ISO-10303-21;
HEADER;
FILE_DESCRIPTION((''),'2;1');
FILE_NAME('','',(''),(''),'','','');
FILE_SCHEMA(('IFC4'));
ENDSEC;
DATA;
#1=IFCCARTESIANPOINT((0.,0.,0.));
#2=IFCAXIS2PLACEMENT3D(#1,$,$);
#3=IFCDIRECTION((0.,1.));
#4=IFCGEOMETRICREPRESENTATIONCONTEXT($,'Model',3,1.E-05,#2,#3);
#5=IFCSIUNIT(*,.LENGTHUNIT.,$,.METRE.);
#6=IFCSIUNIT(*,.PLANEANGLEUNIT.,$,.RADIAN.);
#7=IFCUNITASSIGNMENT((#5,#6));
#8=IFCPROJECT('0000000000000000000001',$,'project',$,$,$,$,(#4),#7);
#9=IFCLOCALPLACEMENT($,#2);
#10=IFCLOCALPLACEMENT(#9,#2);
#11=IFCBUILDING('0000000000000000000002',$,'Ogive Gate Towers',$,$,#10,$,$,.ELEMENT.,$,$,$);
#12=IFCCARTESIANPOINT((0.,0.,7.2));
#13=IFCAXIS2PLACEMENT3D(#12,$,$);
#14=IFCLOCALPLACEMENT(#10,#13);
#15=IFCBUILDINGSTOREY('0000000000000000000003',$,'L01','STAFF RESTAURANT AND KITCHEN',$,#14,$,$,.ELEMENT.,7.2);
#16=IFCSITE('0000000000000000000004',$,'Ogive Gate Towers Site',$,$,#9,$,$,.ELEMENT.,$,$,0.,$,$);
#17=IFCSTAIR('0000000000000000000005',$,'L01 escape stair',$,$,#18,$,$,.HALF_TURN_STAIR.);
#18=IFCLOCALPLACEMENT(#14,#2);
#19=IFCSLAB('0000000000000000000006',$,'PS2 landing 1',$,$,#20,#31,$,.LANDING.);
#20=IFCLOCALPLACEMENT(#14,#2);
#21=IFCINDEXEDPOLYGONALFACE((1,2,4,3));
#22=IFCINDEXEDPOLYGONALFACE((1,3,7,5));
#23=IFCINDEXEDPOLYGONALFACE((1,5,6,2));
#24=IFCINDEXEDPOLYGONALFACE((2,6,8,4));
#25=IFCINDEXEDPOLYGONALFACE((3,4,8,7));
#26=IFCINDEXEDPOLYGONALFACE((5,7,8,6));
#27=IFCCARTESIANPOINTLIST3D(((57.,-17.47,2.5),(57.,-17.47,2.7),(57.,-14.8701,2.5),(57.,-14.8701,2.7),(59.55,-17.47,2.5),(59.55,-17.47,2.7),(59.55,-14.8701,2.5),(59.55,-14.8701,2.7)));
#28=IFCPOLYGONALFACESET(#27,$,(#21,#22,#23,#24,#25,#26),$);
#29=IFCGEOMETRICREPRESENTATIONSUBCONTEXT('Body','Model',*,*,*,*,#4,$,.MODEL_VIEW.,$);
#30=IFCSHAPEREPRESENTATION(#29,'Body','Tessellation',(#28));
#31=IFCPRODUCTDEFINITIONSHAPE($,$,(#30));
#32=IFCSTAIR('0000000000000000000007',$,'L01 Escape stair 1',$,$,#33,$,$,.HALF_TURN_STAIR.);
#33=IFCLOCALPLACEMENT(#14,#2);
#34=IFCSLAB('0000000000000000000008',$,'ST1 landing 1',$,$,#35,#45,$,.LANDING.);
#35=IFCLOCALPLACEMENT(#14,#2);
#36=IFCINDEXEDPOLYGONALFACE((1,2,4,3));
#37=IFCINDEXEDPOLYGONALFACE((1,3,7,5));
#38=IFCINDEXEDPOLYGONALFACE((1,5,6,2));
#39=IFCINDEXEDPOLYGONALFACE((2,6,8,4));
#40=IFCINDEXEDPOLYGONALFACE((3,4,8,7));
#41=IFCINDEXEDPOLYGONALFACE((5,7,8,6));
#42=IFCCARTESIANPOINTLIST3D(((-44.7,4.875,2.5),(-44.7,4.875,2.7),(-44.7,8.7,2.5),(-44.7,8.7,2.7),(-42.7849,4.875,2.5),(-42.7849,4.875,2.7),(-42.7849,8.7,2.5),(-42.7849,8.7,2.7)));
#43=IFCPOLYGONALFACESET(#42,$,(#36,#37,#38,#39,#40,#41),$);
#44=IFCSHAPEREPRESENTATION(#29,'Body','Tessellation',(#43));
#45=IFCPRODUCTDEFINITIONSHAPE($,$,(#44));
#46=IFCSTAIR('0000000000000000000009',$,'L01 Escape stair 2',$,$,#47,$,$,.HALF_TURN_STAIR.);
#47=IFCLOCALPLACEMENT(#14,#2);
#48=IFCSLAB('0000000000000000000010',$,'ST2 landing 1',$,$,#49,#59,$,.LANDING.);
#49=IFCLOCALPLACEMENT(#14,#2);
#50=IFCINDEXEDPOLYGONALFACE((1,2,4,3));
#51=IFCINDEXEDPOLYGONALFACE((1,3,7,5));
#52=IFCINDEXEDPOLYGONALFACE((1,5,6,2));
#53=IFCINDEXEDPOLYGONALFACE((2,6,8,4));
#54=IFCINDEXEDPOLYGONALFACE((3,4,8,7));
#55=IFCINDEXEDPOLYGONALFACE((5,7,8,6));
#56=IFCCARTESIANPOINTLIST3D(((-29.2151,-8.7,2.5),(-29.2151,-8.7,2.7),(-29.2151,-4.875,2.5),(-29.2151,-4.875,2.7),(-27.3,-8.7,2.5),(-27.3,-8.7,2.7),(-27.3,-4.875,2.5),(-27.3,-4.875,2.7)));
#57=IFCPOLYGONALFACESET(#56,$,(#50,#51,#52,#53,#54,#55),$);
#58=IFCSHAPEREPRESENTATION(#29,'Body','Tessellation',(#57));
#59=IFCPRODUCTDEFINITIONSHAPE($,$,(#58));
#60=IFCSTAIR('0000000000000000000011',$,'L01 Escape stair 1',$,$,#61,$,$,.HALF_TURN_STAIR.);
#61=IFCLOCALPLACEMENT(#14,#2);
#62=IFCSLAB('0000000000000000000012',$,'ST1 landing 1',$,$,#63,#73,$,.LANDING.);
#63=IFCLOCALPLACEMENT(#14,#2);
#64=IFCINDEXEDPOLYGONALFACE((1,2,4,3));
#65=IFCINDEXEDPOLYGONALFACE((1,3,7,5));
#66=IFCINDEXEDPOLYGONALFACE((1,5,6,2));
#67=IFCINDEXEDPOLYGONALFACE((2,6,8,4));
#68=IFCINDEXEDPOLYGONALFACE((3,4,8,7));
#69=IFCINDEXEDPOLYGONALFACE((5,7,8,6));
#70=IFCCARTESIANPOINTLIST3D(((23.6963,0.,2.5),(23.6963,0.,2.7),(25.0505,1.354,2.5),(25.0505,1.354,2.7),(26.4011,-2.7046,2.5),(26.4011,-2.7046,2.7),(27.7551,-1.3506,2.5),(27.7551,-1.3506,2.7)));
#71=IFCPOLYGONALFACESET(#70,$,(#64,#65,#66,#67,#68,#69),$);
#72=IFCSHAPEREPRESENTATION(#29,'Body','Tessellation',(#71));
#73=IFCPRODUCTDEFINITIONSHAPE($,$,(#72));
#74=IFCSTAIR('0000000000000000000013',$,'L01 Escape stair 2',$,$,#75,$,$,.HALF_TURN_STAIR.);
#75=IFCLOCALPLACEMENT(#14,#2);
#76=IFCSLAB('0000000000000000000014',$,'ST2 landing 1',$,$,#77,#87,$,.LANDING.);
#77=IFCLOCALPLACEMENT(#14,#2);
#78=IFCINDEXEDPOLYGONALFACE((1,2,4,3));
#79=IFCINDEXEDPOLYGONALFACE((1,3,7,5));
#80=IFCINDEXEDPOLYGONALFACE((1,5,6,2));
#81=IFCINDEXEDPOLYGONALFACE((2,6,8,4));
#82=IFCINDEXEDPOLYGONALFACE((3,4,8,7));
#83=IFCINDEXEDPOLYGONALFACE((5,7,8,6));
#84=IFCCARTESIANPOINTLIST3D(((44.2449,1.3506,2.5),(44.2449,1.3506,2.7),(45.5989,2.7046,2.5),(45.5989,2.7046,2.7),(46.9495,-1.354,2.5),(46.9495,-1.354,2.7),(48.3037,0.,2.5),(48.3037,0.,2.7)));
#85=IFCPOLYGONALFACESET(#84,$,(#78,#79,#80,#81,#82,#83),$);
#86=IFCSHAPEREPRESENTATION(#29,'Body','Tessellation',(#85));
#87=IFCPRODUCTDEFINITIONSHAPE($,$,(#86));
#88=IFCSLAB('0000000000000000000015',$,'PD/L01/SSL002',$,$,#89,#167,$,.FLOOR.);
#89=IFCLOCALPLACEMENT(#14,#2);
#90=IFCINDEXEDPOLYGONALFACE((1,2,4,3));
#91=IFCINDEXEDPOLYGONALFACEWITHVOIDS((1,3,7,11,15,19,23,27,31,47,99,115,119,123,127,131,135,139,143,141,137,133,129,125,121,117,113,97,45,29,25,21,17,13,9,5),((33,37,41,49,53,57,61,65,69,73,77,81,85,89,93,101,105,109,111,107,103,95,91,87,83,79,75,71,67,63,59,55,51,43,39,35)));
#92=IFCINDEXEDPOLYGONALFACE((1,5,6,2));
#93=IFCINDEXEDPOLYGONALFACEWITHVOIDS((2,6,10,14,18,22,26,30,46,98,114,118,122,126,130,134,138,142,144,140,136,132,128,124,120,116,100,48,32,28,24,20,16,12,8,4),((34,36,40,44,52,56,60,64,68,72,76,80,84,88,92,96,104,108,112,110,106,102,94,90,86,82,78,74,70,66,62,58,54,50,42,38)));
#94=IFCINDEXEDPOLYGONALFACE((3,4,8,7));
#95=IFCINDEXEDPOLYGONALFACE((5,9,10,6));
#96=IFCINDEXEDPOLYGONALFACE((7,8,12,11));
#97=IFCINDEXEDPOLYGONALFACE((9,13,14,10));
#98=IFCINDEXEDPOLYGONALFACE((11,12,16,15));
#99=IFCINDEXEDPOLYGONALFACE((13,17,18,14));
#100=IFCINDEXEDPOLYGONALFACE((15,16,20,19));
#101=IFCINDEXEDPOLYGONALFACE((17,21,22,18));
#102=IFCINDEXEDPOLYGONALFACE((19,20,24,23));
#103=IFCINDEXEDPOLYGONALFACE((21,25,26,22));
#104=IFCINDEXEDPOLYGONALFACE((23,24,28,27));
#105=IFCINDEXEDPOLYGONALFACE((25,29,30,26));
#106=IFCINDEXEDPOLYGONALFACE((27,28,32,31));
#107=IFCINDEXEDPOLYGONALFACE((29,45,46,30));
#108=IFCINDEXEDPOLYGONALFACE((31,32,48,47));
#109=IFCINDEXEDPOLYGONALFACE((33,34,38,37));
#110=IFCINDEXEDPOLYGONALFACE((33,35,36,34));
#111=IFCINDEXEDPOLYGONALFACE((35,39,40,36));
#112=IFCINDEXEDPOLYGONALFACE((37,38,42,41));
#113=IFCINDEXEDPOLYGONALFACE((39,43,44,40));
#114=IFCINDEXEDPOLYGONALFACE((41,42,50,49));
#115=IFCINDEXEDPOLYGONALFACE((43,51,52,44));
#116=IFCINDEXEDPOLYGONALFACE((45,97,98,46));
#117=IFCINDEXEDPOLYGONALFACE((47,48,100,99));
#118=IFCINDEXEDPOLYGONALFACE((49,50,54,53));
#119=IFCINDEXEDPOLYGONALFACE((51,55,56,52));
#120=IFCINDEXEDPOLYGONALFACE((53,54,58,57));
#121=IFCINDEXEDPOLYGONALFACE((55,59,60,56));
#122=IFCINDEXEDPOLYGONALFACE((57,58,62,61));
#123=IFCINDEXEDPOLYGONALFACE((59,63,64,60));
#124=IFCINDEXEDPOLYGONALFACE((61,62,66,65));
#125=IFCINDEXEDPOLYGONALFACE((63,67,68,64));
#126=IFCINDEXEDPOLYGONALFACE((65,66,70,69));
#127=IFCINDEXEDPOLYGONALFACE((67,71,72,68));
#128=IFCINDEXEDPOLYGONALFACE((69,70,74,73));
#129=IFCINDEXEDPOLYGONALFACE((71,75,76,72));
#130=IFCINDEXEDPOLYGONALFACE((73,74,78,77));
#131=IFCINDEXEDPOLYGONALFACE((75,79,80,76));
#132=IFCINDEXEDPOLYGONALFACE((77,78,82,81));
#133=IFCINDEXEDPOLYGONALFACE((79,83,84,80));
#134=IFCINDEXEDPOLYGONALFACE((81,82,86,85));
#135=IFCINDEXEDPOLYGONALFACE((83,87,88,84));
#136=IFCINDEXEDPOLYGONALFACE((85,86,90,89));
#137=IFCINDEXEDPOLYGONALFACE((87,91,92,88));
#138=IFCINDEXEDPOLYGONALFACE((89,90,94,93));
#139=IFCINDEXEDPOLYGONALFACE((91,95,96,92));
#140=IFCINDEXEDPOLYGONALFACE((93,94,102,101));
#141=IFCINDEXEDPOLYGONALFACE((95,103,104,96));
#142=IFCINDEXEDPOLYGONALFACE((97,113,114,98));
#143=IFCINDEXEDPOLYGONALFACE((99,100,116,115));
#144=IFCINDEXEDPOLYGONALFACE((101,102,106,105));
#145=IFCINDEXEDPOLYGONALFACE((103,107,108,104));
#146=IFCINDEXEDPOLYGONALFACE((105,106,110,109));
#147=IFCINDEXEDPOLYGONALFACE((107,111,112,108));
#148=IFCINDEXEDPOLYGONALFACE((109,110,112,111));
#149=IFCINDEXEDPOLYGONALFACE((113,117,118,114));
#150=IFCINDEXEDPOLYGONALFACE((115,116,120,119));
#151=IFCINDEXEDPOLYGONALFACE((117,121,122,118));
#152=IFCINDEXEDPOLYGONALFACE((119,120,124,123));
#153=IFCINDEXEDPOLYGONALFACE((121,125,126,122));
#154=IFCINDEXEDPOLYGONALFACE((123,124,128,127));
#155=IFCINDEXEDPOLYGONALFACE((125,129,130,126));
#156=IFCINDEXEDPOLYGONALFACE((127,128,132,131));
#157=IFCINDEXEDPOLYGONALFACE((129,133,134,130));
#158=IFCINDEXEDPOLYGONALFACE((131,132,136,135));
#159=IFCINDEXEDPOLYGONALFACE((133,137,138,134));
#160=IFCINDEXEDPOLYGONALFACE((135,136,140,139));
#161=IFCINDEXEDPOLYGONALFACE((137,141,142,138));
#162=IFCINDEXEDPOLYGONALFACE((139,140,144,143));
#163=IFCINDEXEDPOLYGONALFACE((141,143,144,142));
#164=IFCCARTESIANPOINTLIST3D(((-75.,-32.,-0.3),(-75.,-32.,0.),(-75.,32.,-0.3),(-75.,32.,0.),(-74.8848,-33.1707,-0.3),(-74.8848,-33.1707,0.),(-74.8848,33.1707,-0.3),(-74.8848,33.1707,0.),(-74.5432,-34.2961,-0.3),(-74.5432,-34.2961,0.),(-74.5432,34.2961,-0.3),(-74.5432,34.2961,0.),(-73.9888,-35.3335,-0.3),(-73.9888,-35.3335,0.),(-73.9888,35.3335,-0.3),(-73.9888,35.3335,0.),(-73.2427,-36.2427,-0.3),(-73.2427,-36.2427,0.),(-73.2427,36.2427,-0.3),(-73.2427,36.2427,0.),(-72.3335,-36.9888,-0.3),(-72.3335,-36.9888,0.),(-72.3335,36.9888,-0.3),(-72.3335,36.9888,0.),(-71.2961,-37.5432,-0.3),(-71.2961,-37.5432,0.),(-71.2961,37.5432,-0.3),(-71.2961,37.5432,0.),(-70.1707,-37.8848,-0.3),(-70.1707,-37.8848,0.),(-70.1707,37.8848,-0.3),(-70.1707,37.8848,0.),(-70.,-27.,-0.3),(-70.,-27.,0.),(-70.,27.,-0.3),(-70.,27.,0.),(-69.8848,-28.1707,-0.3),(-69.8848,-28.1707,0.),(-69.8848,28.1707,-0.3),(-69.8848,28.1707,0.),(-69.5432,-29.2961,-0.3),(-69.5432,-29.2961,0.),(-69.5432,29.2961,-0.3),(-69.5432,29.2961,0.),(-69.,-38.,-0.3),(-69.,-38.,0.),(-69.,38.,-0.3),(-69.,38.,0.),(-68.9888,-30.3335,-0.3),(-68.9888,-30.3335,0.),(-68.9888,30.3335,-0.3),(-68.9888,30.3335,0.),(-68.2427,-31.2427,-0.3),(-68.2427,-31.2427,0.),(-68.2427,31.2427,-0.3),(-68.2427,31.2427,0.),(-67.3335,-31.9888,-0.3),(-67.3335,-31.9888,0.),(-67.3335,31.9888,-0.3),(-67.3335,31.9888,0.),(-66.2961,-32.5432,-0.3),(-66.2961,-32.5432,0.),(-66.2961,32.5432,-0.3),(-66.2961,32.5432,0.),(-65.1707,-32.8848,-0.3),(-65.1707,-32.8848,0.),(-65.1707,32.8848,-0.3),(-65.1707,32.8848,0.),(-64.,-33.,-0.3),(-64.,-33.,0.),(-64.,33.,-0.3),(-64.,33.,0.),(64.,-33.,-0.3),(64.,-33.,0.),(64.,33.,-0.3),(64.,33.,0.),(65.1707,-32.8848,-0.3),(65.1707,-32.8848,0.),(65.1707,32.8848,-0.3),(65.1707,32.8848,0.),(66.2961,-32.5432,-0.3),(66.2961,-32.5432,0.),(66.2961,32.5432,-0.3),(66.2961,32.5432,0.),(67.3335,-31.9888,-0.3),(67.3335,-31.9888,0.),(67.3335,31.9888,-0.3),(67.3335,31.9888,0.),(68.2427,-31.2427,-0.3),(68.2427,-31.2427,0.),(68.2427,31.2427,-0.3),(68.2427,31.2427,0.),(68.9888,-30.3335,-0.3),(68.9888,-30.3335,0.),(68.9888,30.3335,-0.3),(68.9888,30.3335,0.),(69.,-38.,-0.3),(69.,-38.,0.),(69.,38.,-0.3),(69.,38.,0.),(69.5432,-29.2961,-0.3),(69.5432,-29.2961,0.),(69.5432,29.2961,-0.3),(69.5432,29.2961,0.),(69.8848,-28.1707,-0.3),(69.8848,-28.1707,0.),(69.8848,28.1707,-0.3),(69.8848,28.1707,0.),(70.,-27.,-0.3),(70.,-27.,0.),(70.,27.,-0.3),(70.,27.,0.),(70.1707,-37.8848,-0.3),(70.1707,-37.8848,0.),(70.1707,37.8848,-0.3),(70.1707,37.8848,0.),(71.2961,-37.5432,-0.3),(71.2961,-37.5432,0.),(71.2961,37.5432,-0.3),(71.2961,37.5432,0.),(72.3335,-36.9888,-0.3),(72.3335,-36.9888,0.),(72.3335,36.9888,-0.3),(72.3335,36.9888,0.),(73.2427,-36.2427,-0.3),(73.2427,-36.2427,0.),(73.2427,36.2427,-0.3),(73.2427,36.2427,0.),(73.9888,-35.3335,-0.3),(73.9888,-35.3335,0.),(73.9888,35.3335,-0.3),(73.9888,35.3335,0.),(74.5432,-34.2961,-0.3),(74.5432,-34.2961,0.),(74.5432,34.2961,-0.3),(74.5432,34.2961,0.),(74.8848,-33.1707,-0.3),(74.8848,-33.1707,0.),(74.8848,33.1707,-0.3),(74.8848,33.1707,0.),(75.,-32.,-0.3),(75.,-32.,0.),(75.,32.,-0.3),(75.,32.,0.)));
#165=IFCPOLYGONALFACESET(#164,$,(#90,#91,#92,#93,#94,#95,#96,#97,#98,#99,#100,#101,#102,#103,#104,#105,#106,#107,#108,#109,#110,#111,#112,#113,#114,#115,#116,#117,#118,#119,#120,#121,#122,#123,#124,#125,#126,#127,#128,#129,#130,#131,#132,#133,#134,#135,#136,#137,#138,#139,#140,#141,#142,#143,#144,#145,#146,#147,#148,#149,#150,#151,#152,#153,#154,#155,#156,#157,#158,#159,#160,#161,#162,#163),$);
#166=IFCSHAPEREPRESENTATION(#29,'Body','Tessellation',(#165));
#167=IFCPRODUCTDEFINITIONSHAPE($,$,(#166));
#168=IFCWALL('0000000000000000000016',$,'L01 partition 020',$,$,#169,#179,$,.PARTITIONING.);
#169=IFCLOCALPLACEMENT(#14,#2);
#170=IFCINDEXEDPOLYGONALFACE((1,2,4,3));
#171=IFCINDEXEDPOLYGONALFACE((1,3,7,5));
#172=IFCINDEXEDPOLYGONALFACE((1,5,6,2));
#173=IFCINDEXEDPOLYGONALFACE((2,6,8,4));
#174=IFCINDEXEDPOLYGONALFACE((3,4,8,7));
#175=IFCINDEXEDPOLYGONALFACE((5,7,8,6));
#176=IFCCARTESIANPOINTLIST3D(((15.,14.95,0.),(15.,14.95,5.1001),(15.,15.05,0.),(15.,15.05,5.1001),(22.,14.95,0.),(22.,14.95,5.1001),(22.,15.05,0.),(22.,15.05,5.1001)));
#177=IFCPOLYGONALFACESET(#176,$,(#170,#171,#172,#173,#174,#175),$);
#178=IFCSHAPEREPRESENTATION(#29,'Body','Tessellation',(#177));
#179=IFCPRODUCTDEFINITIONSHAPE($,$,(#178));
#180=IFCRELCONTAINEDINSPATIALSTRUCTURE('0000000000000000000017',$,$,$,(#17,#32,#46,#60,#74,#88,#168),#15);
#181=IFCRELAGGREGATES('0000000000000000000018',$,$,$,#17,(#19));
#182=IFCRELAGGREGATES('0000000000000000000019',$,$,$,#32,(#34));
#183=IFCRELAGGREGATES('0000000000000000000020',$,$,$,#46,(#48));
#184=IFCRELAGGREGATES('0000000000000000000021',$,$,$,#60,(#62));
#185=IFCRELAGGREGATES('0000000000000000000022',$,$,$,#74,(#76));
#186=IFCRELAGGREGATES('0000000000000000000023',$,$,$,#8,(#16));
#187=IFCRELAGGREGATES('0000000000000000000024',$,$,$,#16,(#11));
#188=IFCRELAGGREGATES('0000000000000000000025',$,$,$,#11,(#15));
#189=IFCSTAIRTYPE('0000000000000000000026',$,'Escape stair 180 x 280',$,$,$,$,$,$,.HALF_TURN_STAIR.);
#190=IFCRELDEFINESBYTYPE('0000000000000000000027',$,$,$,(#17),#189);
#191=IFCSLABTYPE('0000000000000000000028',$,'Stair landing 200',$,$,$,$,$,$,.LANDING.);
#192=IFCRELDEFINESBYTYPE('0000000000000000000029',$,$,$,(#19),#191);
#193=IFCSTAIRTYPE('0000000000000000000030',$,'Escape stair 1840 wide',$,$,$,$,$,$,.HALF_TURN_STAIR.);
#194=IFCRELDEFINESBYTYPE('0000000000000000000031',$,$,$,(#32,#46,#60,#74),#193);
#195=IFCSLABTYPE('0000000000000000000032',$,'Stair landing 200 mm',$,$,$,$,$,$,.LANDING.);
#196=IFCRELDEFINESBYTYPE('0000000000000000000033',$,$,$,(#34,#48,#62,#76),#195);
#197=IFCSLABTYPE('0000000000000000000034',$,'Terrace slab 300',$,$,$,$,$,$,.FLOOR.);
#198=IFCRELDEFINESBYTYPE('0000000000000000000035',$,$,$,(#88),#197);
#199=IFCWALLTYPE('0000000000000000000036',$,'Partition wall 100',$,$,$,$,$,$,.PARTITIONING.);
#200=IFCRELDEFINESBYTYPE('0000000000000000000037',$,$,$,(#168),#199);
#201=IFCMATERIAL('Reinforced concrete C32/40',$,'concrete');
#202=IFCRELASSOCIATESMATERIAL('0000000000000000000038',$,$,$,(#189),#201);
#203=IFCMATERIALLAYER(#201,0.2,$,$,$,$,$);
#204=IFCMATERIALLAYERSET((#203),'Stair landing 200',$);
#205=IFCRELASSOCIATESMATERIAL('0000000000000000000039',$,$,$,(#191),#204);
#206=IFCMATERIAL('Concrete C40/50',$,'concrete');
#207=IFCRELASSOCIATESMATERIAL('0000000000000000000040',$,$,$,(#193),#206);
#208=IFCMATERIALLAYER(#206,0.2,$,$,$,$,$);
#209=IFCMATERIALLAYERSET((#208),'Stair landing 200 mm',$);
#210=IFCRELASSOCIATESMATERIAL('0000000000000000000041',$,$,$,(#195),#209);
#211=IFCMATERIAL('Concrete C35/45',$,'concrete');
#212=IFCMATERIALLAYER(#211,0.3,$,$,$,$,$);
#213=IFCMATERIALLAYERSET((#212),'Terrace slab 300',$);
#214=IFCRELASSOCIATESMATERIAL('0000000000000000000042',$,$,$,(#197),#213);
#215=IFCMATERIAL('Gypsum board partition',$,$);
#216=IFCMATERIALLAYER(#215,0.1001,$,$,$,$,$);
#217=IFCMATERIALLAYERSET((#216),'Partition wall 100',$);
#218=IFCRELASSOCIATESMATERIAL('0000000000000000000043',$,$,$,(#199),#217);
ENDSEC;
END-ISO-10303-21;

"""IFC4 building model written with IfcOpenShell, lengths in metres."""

from ifc_helpers import new_model, si_unit, direction, frame, frame_2d, origin, place, context, subcontext, project, spatial, polyline, rectangle, outline, extrude, material, layer, layer_set, type_object, element, aggregate, save


model = new_model("IFC4")

# Units and contexts
model_context = context("Model", 3, precision=1e-05, world=origin(), true_north=direction((0.0, 1.0)))
body_context = subcontext(model_context, "Body", "Model", "MODEL_VIEW")
ifc_project = project(units=[si_unit("LENGTHUNIT", "METRE"), si_unit("PLANEANGLEUNIT", "RADIAN")], contexts=[model_context])

# Site, building, storey
site_placement = place(None, origin())
site = spatial("IfcSite", under=ifc_project, at=site_placement, Name="Ogive Gate Towers Site", CompositionType="ELEMENT", RefElevation=0.0)
building_placement = place(site_placement, origin())
building = spatial("IfcBuilding", under=site, at=building_placement, Name="Ogive Gate Towers", CompositionType="ELEMENT")
storey_placement = place(building_placement, frame((0.0, 0.0, 7.2)))
storey = spatial("IfcBuildingStorey", under=building, at=storey_placement, Name="L01", Description="STAFF RESTAURANT AND KITCHEN", CompositionType="ELEMENT", Elevation=7.2)

# Shared definitions
ifc_material_1 = material(Name="Concrete C35/45", Category="concrete")

# Stairs, slabs
ifc_material_2 = material(Name="Reinforced concrete C32/40", Category="concrete")
stair_type_1 = type_object("IfcStairType", Name="Escape stair 180 x 280", PredefinedType="HALF_TURN_STAIR", material=ifc_material_2)
ifc_layer_1 = layer(ifc_material_2, 0.2)
ifc_layer_set_1 = layer_set([ifc_layer_1], Name="Stair landing 200")
slab_type_1 = type_object("IfcSlabType", Name="Stair landing 200", PredefinedType="LANDING", material=ifc_layer_set_1)
stair_1_placement = place(storey_placement, origin())
stair_1 = element("IfcStair", 1, at=stair_1_placement, inside=storey, type_object=stair_type_1, Name="L01 escape stair", PredefinedType="HALF_TURN_STAIR")
slab_1_placement = place(storey_placement, frame((0.0, 0.0, 2.5)))
slab_1 = element("IfcSlab", 2, at=slab_1_placement, type_object=slab_type_1, Name="PS2 landing 1", PredefinedType="LANDING", context=body_context, shape_type="SweptSolid", body=[
    extrude(outline(polyline([(57.0, -14.8701), (57.0, -17.47), (59.55, -17.47), (59.55, -14.8701), (57.0, -14.8701)])), origin(), (0.0, 0.0, 1.0), 0.2),
])
aggregate(stair_1, [slab_1])
ifc_material_3 = material(Name="Concrete C40/50", Category="concrete")
stair_type_2 = type_object("IfcStairType", Name="Escape stair 1840 wide", PredefinedType="HALF_TURN_STAIR", material=ifc_material_3)
stair_2_placement = place(storey_placement, origin())
stair_2 = element("IfcStair", 3, at=stair_2_placement, inside=storey, type_object=stair_type_2, Name="L01 Escape stair 1", PredefinedType="HALF_TURN_STAIR")
ifc_layer_2 = layer(ifc_material_3, 0.2)
ifc_layer_set_2 = layer_set([ifc_layer_2], Name="Stair landing 200 mm")
slab_type_2 = type_object("IfcSlabType", Name="Stair landing 200 mm", PredefinedType="LANDING", material=ifc_layer_set_2)
slab_2_placement = place(storey_placement, frame((0.0, 0.0, 2.5)))
slab_2 = element("IfcSlab", 4, at=slab_2_placement, type_object=slab_type_2, Name="ST1 landing 1", PredefinedType="LANDING", context=body_context, shape_type="SweptSolid", body=[
    extrude(outline(polyline([(-42.7849, 8.7), (-44.7, 8.7), (-44.7, 4.875), (-42.7849, 4.875), (-42.7849, 8.7)])), origin(), (0.0, 0.0, 1.0), 0.2),
])
aggregate(stair_2, [slab_2])
stair_3_placement = place(storey_placement, origin())
stair_3 = element("IfcStair", 5, at=stair_3_placement, inside=storey, type_object=stair_type_2, Name="L01 Escape stair 2", PredefinedType="HALF_TURN_STAIR")
slab_3_placement = place(storey_placement, frame((0.0, 0.0, 2.5)))
slab_3 = element("IfcSlab", 6, at=slab_3_placement, type_object=slab_type_2, Name="ST2 landing 1", PredefinedType="LANDING", context=body_context, shape_type="SweptSolid", body=[
    extrude(outline(polyline([(-29.2151, -8.7), (-27.3, -8.7), (-27.3, -4.875), (-29.2151, -4.875), (-29.2151, -8.7)])), origin(), (0.0, 0.0, 1.0), 0.2),
])
aggregate(stair_3, [slab_3])
stair_4_placement = place(storey_placement, origin())
stair_4 = element("IfcStair", 7, at=stair_4_placement, inside=storey, type_object=stair_type_2, Name="L01 Escape stair 1", PredefinedType="HALF_TURN_STAIR")
slab_4_placement = place(storey_placement, frame((0.0, 0.0, 2.5)))
slab_4 = element("IfcSlab", 8, at=slab_4_placement, type_object=slab_type_2, Name="ST1 landing 1", PredefinedType="LANDING", context=body_context, shape_type="SweptSolid", body=[
    extrude(outline(polyline([(25.0505, 1.354), (23.6963, 0.0), (26.4011, -2.7046), (27.7551, -1.3506), (25.0505, 1.354)])), origin(), (0.0, 0.0, 1.0), 0.2),
])
aggregate(stair_4, [slab_4])
stair_5_placement = place(storey_placement, origin())
stair_5 = element("IfcStair", 9, at=stair_5_placement, inside=storey, type_object=stair_type_2, Name="L01 Escape stair 2", PredefinedType="HALF_TURN_STAIR")
slab_5_placement = place(storey_placement, frame((0.0, 0.0, 2.5)))
slab_5 = element("IfcSlab", 10, at=slab_5_placement, type_object=slab_type_2, Name="ST2 landing 1", PredefinedType="LANDING", context=body_context, shape_type="SweptSolid", body=[
    extrude(outline(polyline([(46.9495, -1.354), (48.3037, 0.0), (45.5989, 2.7046), (44.2449, 1.3506), (46.9495, -1.354)])), origin(), (0.0, 0.0, 1.0), 0.2),
])
aggregate(stair_5, [slab_5])

# Slab
ifc_layer_3 = layer(ifc_material_1, 0.3)
ifc_layer_set_3 = layer_set([ifc_layer_3], Name="Terrace slab 300")
slab_type_3 = type_object("IfcSlabType", Name="Terrace slab 300", PredefinedType="FLOOR", material=ifc_layer_set_3)
slab_6_placement = place(storey_placement, frame((0.0, 0.0, -0.3)))
element("IfcSlab", 11, at=slab_6_placement, inside=storey, type_object=slab_type_3, Name="PD/L01/SSL002", PredefinedType="FLOOR", context=body_context, shape_type="SweptSolid", body=[
    extrude(outline(polyline([(-69.0, -38.0), (69.0, -38.0), (70.1707, -37.8848), (71.2961, -37.5432), (72.3335, -36.9888), (73.2427, -36.2427), (73.9888, -35.3335), (74.5432, -34.2961), (74.8848, -33.1707), (75.0, -32.0), (75.0, 32.0), (74.8848, 33.1707), (74.5432, 34.2961), (73.9888, 35.3335), (73.2427, 36.2427), (72.3335, 36.9888), (71.2961, 37.5432), (70.1707, 37.8848), (69.0, 38.0), (-69.0, 38.0), (-70.1707, 37.8848), (-71.2961, 37.5432), (-72.3335, 36.9888), (-73.2427, 36.2427), (-73.9888, 35.3335), (-74.5432, 34.2961), (-74.8848, 33.1707), (-75.0, 32.0), (-75.0, -32.0), (-74.8848, -33.1707), (-74.5432, -34.2961), (-73.9888, -35.3335), (-73.2427, -36.2427), (-72.3335, -36.9888), (-71.2961, -37.5432), (-70.1707, -37.8848), (-69.0, -38.0)]), holes=[polyline([(65.1707, -32.8848), (64.0, -33.0), (-64.0, -33.0), (-65.1707, -32.8848), (-66.2961, -32.5432), (-67.3335, -31.9888), (-68.2427, -31.2427), (-68.9888, -30.3335), (-69.5432, -29.2961), (-69.8848, -28.1707), (-70.0, -27.0), (-70.0, 27.0), (-69.8848, 28.1707), (-69.5432, 29.2961), (-68.9888, 30.3335), (-68.2427, 31.2427), (-67.3335, 31.9888), (-66.2961, 32.5432), (-65.1707, 32.8848), (-64.0, 33.0), (64.0, 33.0), (65.1707, 32.8848), (66.2961, 32.5432), (67.3335, 31.9888), (68.2427, 31.2427), (68.9888, 30.3335), (69.5432, 29.2961), (69.8848, 28.1707), (70.0, 27.0), (70.0, -27.0), (69.8848, -28.1707), (69.5432, -29.2961), (68.9888, -30.3335), (68.2427, -31.2427), (67.3335, -31.9888), (66.2961, -32.5432), (65.1707, -32.8848)])]), origin(), (0.0, 0.0, 1.0), 0.3),
])

# Wall
ifc_material_4 = material(Name="Gypsum board partition")
ifc_layer_4 = layer(ifc_material_4, 0.1001)
ifc_layer_set_4 = layer_set([ifc_layer_4], Name="Partition wall 100")
wall_type = type_object("IfcWallType", Name="Partition wall 100", PredefinedType="PARTITIONING", material=ifc_layer_set_4)
wall_1_placement = place(storey_placement, frame((15.0, 15.0, 0.0), z_axis=(0.0, 0.0, 1.0), x_axis=(1.0, 0.0, 0.0)))
element("IfcWall", 12, at=wall_1_placement, inside=storey, type_object=wall_type, Name="L01 partition 020", PredefinedType="PARTITIONING", context=body_context, shape_type="SweptSolid", body=[
    extrude(rectangle(XDim=7.0, YDim=0.1001, at=frame_2d((3.5, 0.0))), origin(), (0.0, 0.0, 1.0), 5.1001),
])

save(model, "model.ifc")
